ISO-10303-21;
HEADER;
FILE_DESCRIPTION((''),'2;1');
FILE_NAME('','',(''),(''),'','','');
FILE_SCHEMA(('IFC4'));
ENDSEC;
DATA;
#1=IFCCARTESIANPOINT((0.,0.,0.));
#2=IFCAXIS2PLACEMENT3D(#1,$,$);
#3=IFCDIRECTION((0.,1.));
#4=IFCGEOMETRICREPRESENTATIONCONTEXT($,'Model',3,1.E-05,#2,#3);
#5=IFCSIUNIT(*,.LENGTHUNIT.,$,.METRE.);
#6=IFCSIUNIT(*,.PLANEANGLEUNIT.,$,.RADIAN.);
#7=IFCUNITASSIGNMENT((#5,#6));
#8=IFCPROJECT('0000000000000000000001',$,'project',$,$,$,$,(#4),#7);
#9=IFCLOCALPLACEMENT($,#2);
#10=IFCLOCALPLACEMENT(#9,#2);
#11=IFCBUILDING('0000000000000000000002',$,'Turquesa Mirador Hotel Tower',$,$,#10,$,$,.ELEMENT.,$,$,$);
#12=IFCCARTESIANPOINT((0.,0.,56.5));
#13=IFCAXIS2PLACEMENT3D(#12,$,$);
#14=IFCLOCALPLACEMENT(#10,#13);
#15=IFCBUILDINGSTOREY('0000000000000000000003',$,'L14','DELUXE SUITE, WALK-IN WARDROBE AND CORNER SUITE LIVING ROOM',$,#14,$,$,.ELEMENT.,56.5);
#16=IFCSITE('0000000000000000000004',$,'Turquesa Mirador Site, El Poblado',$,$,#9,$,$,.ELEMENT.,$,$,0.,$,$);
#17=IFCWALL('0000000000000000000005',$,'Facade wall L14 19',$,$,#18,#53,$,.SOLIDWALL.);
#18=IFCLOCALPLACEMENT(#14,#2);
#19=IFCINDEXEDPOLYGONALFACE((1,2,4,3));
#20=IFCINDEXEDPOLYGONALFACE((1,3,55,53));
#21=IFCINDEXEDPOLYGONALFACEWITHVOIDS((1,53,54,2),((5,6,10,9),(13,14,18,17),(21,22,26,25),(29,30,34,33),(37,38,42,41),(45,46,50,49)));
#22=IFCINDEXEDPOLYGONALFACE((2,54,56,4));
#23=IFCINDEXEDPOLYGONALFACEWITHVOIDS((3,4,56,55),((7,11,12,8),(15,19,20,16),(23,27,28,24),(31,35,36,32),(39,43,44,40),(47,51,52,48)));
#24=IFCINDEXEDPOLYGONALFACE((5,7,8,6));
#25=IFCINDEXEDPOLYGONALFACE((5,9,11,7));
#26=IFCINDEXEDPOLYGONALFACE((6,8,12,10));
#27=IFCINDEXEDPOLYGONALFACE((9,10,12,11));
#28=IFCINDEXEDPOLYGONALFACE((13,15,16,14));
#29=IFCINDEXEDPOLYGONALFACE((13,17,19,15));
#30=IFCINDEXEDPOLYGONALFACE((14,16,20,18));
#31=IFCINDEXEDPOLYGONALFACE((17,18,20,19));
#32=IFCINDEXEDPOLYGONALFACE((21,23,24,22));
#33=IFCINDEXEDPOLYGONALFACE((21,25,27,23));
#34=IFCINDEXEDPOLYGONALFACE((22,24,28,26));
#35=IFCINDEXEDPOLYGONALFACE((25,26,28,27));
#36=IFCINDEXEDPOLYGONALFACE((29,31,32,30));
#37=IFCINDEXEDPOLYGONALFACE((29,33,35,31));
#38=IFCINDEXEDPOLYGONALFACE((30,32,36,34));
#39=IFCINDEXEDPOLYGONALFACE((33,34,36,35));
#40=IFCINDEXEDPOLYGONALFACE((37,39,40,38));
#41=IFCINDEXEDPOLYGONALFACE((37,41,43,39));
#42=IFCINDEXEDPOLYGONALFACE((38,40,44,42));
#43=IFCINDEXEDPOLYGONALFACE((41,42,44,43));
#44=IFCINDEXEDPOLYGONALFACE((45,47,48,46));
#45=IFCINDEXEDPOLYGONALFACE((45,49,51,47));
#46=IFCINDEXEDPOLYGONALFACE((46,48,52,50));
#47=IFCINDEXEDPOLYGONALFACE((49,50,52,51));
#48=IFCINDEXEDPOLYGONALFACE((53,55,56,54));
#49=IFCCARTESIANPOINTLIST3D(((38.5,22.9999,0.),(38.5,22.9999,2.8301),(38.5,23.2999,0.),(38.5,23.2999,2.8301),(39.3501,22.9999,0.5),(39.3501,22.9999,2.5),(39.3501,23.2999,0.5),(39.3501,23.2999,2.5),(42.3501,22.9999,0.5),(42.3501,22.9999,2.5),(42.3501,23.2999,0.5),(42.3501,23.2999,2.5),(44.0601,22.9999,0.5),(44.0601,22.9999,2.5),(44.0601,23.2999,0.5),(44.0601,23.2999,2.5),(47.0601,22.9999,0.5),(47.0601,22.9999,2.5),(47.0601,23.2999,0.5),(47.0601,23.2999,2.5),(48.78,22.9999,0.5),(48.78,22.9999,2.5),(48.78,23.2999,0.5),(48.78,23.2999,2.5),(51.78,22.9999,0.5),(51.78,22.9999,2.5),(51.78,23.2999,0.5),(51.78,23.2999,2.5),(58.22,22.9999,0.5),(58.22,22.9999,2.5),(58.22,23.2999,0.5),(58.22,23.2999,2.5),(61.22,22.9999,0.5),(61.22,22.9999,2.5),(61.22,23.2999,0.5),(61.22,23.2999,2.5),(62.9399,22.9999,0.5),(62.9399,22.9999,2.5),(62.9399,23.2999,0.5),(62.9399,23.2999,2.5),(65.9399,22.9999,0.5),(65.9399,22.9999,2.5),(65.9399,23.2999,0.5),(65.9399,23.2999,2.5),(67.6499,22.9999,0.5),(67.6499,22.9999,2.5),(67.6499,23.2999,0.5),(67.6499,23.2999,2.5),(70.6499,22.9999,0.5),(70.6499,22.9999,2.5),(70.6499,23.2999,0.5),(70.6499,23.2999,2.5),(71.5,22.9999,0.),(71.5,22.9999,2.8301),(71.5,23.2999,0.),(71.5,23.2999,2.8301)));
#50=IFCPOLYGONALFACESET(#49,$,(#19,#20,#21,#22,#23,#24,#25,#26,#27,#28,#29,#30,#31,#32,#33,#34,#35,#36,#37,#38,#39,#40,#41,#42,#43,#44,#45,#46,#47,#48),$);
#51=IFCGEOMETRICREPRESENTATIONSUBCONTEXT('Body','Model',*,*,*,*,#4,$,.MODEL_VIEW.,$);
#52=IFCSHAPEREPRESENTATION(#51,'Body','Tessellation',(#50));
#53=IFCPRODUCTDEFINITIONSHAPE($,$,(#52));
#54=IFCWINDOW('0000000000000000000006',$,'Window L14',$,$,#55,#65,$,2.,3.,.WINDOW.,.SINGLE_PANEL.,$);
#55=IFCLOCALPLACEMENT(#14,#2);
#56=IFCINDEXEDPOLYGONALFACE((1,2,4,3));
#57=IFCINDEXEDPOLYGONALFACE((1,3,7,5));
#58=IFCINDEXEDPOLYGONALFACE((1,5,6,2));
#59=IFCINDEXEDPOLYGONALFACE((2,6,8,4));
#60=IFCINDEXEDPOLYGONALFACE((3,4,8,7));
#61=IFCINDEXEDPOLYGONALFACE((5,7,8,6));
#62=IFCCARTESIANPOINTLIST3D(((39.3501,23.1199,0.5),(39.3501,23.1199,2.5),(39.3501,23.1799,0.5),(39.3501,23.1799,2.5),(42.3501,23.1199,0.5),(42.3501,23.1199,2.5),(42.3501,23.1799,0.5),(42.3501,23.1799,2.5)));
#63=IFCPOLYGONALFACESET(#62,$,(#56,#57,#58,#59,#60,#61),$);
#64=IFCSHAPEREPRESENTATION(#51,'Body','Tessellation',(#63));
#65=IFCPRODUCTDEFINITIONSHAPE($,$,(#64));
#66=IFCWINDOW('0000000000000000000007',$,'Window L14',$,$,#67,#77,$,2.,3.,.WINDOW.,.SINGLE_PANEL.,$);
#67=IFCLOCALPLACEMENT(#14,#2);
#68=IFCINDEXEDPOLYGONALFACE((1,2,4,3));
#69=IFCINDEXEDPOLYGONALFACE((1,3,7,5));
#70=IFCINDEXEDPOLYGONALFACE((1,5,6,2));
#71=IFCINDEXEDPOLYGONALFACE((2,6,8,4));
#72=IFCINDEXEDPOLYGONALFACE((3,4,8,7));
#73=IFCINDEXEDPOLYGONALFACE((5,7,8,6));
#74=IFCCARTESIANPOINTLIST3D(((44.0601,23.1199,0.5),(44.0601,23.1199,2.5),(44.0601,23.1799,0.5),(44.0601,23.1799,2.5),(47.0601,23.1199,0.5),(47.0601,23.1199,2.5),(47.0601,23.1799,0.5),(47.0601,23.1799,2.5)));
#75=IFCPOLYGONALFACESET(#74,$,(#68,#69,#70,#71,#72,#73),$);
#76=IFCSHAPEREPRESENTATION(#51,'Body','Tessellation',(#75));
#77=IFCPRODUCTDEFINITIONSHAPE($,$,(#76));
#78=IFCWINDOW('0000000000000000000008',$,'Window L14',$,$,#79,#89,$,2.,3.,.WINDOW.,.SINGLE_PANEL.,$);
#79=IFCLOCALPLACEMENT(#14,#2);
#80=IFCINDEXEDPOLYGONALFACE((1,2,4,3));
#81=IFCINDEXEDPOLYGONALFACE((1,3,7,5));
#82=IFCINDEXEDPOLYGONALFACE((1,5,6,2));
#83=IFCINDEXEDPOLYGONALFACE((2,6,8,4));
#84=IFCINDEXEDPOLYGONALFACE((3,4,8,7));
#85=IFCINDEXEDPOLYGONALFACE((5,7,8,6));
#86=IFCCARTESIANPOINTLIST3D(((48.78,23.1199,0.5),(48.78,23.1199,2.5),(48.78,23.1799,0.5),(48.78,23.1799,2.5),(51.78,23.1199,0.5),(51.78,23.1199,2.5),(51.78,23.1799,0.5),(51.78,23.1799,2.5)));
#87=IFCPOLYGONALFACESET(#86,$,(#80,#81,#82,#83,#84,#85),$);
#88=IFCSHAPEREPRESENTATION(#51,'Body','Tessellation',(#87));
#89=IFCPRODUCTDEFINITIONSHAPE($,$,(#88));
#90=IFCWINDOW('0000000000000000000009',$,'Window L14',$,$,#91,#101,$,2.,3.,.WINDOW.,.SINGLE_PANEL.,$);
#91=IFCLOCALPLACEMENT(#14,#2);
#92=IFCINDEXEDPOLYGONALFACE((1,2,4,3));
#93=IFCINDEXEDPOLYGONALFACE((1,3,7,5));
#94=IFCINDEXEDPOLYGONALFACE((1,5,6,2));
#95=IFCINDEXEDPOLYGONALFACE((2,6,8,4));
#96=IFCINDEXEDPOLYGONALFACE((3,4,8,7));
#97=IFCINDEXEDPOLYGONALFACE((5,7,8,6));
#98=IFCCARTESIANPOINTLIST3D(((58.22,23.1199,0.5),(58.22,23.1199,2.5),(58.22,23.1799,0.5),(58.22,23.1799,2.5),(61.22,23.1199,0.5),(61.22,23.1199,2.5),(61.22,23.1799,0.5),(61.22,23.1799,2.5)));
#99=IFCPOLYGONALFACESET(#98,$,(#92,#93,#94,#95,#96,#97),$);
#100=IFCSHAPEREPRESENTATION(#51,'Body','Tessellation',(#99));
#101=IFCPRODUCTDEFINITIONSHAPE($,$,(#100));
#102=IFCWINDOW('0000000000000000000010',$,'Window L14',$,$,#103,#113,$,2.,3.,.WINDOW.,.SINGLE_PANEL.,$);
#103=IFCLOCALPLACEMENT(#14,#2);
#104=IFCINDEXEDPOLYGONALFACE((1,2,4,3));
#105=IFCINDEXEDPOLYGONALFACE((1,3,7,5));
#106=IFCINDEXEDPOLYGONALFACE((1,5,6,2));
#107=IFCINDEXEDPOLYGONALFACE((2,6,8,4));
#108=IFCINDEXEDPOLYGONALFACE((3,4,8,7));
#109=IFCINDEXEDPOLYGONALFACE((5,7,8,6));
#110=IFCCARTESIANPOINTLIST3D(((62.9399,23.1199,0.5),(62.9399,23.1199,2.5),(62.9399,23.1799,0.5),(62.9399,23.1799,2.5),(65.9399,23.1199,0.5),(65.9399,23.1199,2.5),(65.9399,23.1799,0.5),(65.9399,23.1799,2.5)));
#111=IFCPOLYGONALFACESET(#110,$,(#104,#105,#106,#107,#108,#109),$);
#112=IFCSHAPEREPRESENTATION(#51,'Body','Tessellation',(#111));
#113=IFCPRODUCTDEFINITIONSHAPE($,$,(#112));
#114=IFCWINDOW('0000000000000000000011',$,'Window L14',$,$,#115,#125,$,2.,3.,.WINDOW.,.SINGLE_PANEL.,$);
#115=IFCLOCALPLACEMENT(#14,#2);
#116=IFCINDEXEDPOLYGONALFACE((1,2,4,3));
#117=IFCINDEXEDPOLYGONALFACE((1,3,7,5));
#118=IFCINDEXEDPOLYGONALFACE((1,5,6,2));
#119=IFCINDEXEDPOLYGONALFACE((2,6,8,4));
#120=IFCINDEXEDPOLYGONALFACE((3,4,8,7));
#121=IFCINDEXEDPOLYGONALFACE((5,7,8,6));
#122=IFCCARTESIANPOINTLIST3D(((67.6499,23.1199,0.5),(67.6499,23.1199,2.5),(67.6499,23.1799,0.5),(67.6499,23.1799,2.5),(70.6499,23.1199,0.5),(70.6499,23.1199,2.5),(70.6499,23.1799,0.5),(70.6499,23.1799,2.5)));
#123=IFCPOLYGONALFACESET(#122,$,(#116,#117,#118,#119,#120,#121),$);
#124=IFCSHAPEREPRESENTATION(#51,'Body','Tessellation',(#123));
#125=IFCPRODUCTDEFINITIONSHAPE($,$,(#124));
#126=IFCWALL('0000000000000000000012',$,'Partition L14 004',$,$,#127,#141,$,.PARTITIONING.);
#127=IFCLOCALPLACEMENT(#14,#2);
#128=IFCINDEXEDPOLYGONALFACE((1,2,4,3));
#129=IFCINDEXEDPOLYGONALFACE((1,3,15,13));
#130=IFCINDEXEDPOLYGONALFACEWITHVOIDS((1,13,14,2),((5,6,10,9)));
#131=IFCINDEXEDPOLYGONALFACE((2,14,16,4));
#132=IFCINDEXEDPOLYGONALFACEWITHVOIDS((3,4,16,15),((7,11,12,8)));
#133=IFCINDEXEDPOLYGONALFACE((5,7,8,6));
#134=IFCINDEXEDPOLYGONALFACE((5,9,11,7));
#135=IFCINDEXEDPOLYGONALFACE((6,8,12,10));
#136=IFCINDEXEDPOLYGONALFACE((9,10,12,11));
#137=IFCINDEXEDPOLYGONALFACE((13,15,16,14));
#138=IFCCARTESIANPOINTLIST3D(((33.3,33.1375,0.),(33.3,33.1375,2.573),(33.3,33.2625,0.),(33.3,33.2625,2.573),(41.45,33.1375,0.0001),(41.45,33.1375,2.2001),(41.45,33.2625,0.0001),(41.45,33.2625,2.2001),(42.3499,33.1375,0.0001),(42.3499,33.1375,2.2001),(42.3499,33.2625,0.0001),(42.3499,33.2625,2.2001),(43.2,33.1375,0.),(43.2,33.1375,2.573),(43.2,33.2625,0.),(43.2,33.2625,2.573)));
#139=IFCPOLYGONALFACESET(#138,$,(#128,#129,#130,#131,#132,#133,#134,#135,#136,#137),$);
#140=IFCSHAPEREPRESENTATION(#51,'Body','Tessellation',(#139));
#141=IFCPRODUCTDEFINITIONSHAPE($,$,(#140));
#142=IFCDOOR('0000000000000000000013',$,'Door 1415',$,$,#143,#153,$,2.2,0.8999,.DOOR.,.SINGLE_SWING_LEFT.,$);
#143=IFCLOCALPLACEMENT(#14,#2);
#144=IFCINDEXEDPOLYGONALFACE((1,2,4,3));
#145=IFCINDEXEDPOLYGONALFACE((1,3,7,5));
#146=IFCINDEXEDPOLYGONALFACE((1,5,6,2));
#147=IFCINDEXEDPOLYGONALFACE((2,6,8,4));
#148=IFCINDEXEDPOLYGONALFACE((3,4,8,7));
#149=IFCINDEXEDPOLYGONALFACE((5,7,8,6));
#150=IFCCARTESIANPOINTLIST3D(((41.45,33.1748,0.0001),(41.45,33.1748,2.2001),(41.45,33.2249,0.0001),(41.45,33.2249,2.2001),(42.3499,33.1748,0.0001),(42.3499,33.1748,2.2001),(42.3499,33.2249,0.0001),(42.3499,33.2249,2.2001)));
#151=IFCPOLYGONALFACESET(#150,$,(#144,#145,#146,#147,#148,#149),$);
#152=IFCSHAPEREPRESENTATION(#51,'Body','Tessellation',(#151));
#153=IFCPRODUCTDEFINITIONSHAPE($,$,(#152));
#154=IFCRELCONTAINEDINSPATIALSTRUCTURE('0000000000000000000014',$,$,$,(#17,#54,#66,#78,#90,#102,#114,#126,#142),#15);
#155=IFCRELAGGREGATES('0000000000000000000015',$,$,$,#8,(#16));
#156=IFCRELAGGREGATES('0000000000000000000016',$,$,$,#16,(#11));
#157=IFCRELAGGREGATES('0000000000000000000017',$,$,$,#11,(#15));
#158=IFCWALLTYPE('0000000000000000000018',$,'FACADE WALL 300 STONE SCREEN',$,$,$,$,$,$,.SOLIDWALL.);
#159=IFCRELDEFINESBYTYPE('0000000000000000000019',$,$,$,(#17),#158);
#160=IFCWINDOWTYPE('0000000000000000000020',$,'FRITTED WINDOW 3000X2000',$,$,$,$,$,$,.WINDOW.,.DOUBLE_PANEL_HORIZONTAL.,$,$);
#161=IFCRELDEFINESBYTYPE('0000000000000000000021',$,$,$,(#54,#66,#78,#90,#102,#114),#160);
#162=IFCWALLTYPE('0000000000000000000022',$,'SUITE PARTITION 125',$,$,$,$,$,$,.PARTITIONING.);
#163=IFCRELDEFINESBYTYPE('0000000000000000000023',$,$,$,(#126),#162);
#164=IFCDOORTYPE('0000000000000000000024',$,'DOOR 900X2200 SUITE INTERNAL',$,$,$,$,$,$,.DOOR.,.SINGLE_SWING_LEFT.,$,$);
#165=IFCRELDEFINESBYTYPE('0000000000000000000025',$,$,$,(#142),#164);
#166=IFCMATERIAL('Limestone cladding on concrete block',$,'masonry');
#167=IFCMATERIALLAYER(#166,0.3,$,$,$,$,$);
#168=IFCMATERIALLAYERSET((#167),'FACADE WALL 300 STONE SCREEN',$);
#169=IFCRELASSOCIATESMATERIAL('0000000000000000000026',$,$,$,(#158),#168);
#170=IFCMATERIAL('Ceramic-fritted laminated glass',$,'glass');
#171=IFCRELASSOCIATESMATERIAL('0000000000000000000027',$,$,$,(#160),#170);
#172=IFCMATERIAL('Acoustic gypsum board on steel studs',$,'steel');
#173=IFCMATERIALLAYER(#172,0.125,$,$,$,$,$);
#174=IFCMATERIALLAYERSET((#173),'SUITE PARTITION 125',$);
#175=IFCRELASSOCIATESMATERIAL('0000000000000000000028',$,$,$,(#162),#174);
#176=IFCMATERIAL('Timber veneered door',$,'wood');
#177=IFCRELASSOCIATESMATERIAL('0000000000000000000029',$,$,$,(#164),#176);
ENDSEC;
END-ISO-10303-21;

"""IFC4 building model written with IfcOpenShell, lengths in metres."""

from ifc_helpers import new_model, si_unit, direction, frame, frame_2d, origin, place, context, subcontext, project, spatial, rectangle, extrude, material, layer, layer_set, type_object, element, fill, save


model = new_model("IFC4")

# Units and contexts
model_context = context("Model", 3, precision=1e-05, world=origin(), true_north=direction((0.0, 1.0)))
body_context = subcontext(model_context, "Body", "Model", "MODEL_VIEW")
ifc_project = project(units=[si_unit("LENGTHUNIT", "METRE"), si_unit("PLANEANGLEUNIT", "RADIAN")], contexts=[model_context])

# Site, building, storey
site_placement = place(None, origin())
site = spatial("IfcSite", under=ifc_project, at=site_placement, Name="Turquesa Mirador Site, El Poblado", CompositionType="ELEMENT", RefElevation=0.0)
building_placement = place(site_placement, origin())
building = spatial("IfcBuilding", under=site, at=building_placement, Name="Turquesa Mirador Hotel Tower", CompositionType="ELEMENT")
storey_placement = place(building_placement, frame((0.0, 0.0, 56.5)))
storey = spatial("IfcBuildingStorey", under=building, at=storey_placement, Name="L14", Description="DELUXE SUITE, WALK-IN WARDROBE AND CORNER SUITE LIVING ROOM", CompositionType="ELEMENT", Elevation=56.5)

# Shared definitions
ifc_material_1 = material(Name="Limestone cladding on concrete block", Category="masonry")
ifc_layer_1 = layer(ifc_material_1, 0.3)
ifc_layer_set_1 = layer_set([ifc_layer_1], Name="FACADE WALL 300 STONE SCREEN")
wall_type_1 = type_object("IfcWallType", Name="FACADE WALL 300 STONE SCREEN", PredefinedType="SOLIDWALL", material=ifc_layer_set_1)

# Wall, openings, windows
wall_1_placement = place(storey_placement, frame((38.5, 23.1499, 0.0), z_axis=(0.0, 0.0, 1.0), x_axis=(1.0, 0.0, 0.0)))
wall_1 = element("IfcWall", 1, at=wall_1_placement, inside=storey, type_object=wall_type_1, Name="Facade wall L14 19", PredefinedType="SOLIDWALL", context=body_context, shape_type="SweptSolid", body=[
    extrude(rectangle(XDim=33.0, YDim=0.3, at=frame_2d((16.5, 0.0))), origin(), (0.0, 0.0, 1.0), 2.8301),
])
opening_1_placement = place(wall_1_placement, frame((0.8501, 0.0, 0.5)))
opening_1 = element("IfcOpeningElement", 2, at=opening_1_placement, cuts=wall_1, PredefinedType="OPENING", context=body_context, shape_type="SweptSolid", body=[
    extrude(rectangle(XDim=3.0, YDim=2.0, at=frame_2d((1.5, 1.0))), frame((0.0, 0.1599, 0.0), z_axis=(0.0, -1.0, 0.0), x_axis=(1.0, 0.0, 0.0)), (0.0, 0.0, 1.0), 0.3201),
])
opening_2_placement = place(wall_1_placement, frame((5.5601, 0.0, 0.5)))
opening_2 = element("IfcOpeningElement", 3, at=opening_2_placement, cuts=wall_1, PredefinedType="OPENING", context=body_context, shape_type="SweptSolid", body=[
    extrude(rectangle(XDim=3.0, YDim=2.0, at=frame_2d((1.5, 1.0))), frame((0.0, 0.1599, 0.0), z_axis=(0.0, -1.0, 0.0), x_axis=(1.0, 0.0, 0.0)), (0.0, 0.0, 1.0), 0.3201),
])
opening_3_placement = place(wall_1_placement, frame((10.28, 0.0, 0.5)))
opening_3 = element("IfcOpeningElement", 4, at=opening_3_placement, cuts=wall_1, PredefinedType="OPENING", context=body_context, shape_type="SweptSolid", body=[
    extrude(rectangle(XDim=3.0, YDim=2.0, at=frame_2d((1.5, 1.0))), frame((0.0, 0.1599, 0.0), z_axis=(0.0, -1.0, 0.0), x_axis=(1.0, 0.0, 0.0)), (0.0, 0.0, 1.0), 0.3201),
])
opening_4_placement = place(wall_1_placement, frame((19.72, 0.0, 0.5)))
opening_4 = element("IfcOpeningElement", 5, at=opening_4_placement, cuts=wall_1, PredefinedType="OPENING", context=body_context, shape_type="SweptSolid", body=[
    extrude(rectangle(XDim=3.0, YDim=2.0, at=frame_2d((1.5, 1.0))), frame((0.0, 0.1599, 0.0), z_axis=(0.0, -1.0, 0.0), x_axis=(1.0, 0.0, 0.0)), (0.0, 0.0, 1.0), 0.3201),
])
opening_5_placement = place(wall_1_placement, frame((24.4399, 0.0, 0.5)))
opening_5 = element("IfcOpeningElement", 6, at=opening_5_placement, cuts=wall_1, PredefinedType="OPENING", context=body_context, shape_type="SweptSolid", body=[
    extrude(rectangle(XDim=3.0, YDim=2.0, at=frame_2d((1.5, 1.0))), frame((0.0, 0.1599, 0.0), z_axis=(0.0, -1.0, 0.0), x_axis=(1.0, 0.0, 0.0)), (0.0, 0.0, 1.0), 0.3201),
])
opening_6_placement = place(wall_1_placement, frame((29.1499, 0.0, 0.5)))
opening_6 = element("IfcOpeningElement", 7, at=opening_6_placement, cuts=wall_1, PredefinedType="OPENING", context=body_context, shape_type="SweptSolid", body=[
    extrude(rectangle(XDim=3.0, YDim=2.0, at=frame_2d((1.5, 1.0))), frame((0.0, 0.1599, 0.0), z_axis=(0.0, -1.0, 0.0), x_axis=(1.0, 0.0, 0.0)), (0.0, 0.0, 1.0), 0.3201),
])
ifc_material_2 = material(Name="Ceramic-fritted laminated glass", Category="glass")
window_type_1 = type_object("IfcWindowType", Name="FRITTED WINDOW 3000X2000", PartitioningType="DOUBLE_PANEL_HORIZONTAL", PredefinedType="WINDOW", material=ifc_material_2)
window_1_placement = place(opening_1_placement, origin())
window_1 = element("IfcWindow", 8, at=window_1_placement, inside=storey, type_object=window_type_1, Name="Window L14", OverallHeight=2.0, OverallWidth=3.0, PartitioningType="SINGLE_PANEL", PredefinedType="WINDOW", context=body_context, shape_type="SweptSolid", body=[
    extrude(rectangle(XDim=3.0, YDim=2.0, at=frame_2d((1.5, 1.0))), frame((0.0, 0.03, 0.0), z_axis=(0.0, -1.0, 0.0), x_axis=(1.0, 0.0, 0.0)), (0.0, 0.0, 1.0), 0.0601),
])
fill(opening_1, window_1)
window_2_placement = place(opening_2_placement, origin())
window_2 = element("IfcWindow", 9, at=window_2_placement, inside=storey, type_object=window_type_1, Name="Window L14", OverallHeight=2.0, OverallWidth=3.0, PartitioningType="SINGLE_PANEL", PredefinedType="WINDOW", context=body_context, shape_type="SweptSolid", body=[
    extrude(rectangle(XDim=3.0, YDim=2.0, at=frame_2d((1.5, 1.0))), frame((0.0, 0.03, 0.0), z_axis=(0.0, -1.0, 0.0), x_axis=(1.0, 0.0, 0.0)), (0.0, 0.0, 1.0), 0.0601),
])
fill(opening_2, window_2)
window_3_placement = place(opening_3_placement, origin())
window_3 = element("IfcWindow", 10, at=window_3_placement, inside=storey, type_object=window_type_1, Name="Window L14", OverallHeight=2.0, OverallWidth=3.0, PartitioningType="SINGLE_PANEL", PredefinedType="WINDOW", context=body_context, shape_type="SweptSolid", body=[
    extrude(rectangle(XDim=3.0, YDim=2.0, at=frame_2d((1.5, 1.0))), frame((0.0, 0.03, 0.0), z_axis=(0.0, -1.0, 0.0), x_axis=(1.0, 0.0, 0.0)), (0.0, 0.0, 1.0), 0.0601),
])
fill(opening_3, window_3)
window_4_placement = place(opening_4_placement, origin())
window_4 = element("IfcWindow", 11, at=window_4_placement, inside=storey, type_object=window_type_1, Name="Window L14", OverallHeight=2.0, OverallWidth=3.0, PartitioningType="SINGLE_PANEL", PredefinedType="WINDOW", context=body_context, shape_type="SweptSolid", body=[
    extrude(rectangle(XDim=3.0, YDim=2.0, at=frame_2d((1.5, 1.0))), frame((0.0, 0.03, 0.0), z_axis=(0.0, -1.0, 0.0), x_axis=(1.0, 0.0, 0.0)), (0.0, 0.0, 1.0), 0.0601),
])
fill(opening_4, window_4)
window_5_placement = place(opening_5_placement, origin())
window_5 = element("IfcWindow", 12, at=window_5_placement, inside=storey, type_object=window_type_1, Name="Window L14", OverallHeight=2.0, OverallWidth=3.0, PartitioningType="SINGLE_PANEL", PredefinedType="WINDOW", context=body_context, shape_type="SweptSolid", body=[
    extrude(rectangle(XDim=3.0, YDim=2.0, at=frame_2d((1.5, 1.0))), frame((0.0, 0.03, 0.0), z_axis=(0.0, -1.0, 0.0), x_axis=(1.0, 0.0, 0.0)), (0.0, 0.0, 1.0), 0.0601),
])
fill(opening_5, window_5)
window_6_placement = place(opening_6_placement, origin())
window_6 = element("IfcWindow", 13, at=window_6_placement, inside=storey, type_object=window_type_1, Name="Window L14", OverallHeight=2.0, OverallWidth=3.0, PartitioningType="SINGLE_PANEL", PredefinedType="WINDOW", context=body_context, shape_type="SweptSolid", body=[
    extrude(rectangle(XDim=3.0, YDim=2.0, at=frame_2d((1.5, 1.0))), frame((0.0, 0.03, 0.0), z_axis=(0.0, -1.0, 0.0), x_axis=(1.0, 0.0, 0.0)), (0.0, 0.0, 1.0), 0.0601),
])
fill(opening_6, window_6)

# Wall, opening, door
ifc_material_3 = material(Name="Acoustic gypsum board on steel studs", Category="steel")
ifc_layer_2 = layer(ifc_material_3, 0.125)
ifc_layer_set_2 = layer_set([ifc_layer_2], Name="SUITE PARTITION 125")
wall_type_2 = type_object("IfcWallType", Name="SUITE PARTITION 125", PredefinedType="PARTITIONING", material=ifc_layer_set_2)
wall_2_placement = place(storey_placement, frame((33.3, 33.2, 0.0), z_axis=(0.0, 0.0, 1.0), x_axis=(1.0, 0.0, 0.0)))
wall_2 = element("IfcWall", 14, at=wall_2_placement, inside=storey, type_object=wall_type_2, Name="Partition L14 004", PredefinedType="PARTITIONING", context=body_context, shape_type="SweptSolid", body=[
    extrude(rectangle(XDim=9.8999, YDim=0.125, at=frame_2d((4.95, 0.0))), origin(), (0.0, 0.0, 1.0), 2.573),
])
opening_7_placement = place(wall_2_placement, frame((8.1499, 0.0, 0.0)))
opening_7 = element("IfcOpeningElement", 15, at=opening_7_placement, cuts=wall_2, PredefinedType="OPENING", context=body_context, shape_type="SweptSolid", body=[
    extrude(rectangle(XDim=0.8999, YDim=2.2, at=frame_2d((0.45, 1.1001))), frame((0.0, 0.0725, 0.0), z_axis=(0.0, -1.0, 0.0), x_axis=(1.0, 0.0, 0.0)), (0.0, 0.0, 1.0), 0.145),
])
ifc_material_4 = material(Name="Timber veneered door", Category="wood")
door_type = type_object("IfcDoorType", Name="DOOR 900X2200 SUITE INTERNAL", OperationType="SINGLE_SWING_LEFT", PredefinedType="DOOR", material=ifc_material_4)
door_1_placement = place(opening_7_placement, origin())
door_1 = element("IfcDoor", 16, at=door_1_placement, inside=storey, type_object=door_type, Name="Door 1415", OperationType="SINGLE_SWING_LEFT", OverallHeight=2.2, OverallWidth=0.8999, PredefinedType="DOOR", context=body_context, shape_type="SweptSolid", body=[
    extrude(rectangle(XDim=0.8999, YDim=2.2, at=frame_2d((0.45, 1.1001))), frame((0.0, 0.0249, 0.0), z_axis=(0.0, -1.0, 0.0), x_axis=(1.0, 0.0, 0.0)), (0.0, 0.0, 1.0), 0.05),
])
fill(opening_7, door_1)

save(model, "model.ifc")
